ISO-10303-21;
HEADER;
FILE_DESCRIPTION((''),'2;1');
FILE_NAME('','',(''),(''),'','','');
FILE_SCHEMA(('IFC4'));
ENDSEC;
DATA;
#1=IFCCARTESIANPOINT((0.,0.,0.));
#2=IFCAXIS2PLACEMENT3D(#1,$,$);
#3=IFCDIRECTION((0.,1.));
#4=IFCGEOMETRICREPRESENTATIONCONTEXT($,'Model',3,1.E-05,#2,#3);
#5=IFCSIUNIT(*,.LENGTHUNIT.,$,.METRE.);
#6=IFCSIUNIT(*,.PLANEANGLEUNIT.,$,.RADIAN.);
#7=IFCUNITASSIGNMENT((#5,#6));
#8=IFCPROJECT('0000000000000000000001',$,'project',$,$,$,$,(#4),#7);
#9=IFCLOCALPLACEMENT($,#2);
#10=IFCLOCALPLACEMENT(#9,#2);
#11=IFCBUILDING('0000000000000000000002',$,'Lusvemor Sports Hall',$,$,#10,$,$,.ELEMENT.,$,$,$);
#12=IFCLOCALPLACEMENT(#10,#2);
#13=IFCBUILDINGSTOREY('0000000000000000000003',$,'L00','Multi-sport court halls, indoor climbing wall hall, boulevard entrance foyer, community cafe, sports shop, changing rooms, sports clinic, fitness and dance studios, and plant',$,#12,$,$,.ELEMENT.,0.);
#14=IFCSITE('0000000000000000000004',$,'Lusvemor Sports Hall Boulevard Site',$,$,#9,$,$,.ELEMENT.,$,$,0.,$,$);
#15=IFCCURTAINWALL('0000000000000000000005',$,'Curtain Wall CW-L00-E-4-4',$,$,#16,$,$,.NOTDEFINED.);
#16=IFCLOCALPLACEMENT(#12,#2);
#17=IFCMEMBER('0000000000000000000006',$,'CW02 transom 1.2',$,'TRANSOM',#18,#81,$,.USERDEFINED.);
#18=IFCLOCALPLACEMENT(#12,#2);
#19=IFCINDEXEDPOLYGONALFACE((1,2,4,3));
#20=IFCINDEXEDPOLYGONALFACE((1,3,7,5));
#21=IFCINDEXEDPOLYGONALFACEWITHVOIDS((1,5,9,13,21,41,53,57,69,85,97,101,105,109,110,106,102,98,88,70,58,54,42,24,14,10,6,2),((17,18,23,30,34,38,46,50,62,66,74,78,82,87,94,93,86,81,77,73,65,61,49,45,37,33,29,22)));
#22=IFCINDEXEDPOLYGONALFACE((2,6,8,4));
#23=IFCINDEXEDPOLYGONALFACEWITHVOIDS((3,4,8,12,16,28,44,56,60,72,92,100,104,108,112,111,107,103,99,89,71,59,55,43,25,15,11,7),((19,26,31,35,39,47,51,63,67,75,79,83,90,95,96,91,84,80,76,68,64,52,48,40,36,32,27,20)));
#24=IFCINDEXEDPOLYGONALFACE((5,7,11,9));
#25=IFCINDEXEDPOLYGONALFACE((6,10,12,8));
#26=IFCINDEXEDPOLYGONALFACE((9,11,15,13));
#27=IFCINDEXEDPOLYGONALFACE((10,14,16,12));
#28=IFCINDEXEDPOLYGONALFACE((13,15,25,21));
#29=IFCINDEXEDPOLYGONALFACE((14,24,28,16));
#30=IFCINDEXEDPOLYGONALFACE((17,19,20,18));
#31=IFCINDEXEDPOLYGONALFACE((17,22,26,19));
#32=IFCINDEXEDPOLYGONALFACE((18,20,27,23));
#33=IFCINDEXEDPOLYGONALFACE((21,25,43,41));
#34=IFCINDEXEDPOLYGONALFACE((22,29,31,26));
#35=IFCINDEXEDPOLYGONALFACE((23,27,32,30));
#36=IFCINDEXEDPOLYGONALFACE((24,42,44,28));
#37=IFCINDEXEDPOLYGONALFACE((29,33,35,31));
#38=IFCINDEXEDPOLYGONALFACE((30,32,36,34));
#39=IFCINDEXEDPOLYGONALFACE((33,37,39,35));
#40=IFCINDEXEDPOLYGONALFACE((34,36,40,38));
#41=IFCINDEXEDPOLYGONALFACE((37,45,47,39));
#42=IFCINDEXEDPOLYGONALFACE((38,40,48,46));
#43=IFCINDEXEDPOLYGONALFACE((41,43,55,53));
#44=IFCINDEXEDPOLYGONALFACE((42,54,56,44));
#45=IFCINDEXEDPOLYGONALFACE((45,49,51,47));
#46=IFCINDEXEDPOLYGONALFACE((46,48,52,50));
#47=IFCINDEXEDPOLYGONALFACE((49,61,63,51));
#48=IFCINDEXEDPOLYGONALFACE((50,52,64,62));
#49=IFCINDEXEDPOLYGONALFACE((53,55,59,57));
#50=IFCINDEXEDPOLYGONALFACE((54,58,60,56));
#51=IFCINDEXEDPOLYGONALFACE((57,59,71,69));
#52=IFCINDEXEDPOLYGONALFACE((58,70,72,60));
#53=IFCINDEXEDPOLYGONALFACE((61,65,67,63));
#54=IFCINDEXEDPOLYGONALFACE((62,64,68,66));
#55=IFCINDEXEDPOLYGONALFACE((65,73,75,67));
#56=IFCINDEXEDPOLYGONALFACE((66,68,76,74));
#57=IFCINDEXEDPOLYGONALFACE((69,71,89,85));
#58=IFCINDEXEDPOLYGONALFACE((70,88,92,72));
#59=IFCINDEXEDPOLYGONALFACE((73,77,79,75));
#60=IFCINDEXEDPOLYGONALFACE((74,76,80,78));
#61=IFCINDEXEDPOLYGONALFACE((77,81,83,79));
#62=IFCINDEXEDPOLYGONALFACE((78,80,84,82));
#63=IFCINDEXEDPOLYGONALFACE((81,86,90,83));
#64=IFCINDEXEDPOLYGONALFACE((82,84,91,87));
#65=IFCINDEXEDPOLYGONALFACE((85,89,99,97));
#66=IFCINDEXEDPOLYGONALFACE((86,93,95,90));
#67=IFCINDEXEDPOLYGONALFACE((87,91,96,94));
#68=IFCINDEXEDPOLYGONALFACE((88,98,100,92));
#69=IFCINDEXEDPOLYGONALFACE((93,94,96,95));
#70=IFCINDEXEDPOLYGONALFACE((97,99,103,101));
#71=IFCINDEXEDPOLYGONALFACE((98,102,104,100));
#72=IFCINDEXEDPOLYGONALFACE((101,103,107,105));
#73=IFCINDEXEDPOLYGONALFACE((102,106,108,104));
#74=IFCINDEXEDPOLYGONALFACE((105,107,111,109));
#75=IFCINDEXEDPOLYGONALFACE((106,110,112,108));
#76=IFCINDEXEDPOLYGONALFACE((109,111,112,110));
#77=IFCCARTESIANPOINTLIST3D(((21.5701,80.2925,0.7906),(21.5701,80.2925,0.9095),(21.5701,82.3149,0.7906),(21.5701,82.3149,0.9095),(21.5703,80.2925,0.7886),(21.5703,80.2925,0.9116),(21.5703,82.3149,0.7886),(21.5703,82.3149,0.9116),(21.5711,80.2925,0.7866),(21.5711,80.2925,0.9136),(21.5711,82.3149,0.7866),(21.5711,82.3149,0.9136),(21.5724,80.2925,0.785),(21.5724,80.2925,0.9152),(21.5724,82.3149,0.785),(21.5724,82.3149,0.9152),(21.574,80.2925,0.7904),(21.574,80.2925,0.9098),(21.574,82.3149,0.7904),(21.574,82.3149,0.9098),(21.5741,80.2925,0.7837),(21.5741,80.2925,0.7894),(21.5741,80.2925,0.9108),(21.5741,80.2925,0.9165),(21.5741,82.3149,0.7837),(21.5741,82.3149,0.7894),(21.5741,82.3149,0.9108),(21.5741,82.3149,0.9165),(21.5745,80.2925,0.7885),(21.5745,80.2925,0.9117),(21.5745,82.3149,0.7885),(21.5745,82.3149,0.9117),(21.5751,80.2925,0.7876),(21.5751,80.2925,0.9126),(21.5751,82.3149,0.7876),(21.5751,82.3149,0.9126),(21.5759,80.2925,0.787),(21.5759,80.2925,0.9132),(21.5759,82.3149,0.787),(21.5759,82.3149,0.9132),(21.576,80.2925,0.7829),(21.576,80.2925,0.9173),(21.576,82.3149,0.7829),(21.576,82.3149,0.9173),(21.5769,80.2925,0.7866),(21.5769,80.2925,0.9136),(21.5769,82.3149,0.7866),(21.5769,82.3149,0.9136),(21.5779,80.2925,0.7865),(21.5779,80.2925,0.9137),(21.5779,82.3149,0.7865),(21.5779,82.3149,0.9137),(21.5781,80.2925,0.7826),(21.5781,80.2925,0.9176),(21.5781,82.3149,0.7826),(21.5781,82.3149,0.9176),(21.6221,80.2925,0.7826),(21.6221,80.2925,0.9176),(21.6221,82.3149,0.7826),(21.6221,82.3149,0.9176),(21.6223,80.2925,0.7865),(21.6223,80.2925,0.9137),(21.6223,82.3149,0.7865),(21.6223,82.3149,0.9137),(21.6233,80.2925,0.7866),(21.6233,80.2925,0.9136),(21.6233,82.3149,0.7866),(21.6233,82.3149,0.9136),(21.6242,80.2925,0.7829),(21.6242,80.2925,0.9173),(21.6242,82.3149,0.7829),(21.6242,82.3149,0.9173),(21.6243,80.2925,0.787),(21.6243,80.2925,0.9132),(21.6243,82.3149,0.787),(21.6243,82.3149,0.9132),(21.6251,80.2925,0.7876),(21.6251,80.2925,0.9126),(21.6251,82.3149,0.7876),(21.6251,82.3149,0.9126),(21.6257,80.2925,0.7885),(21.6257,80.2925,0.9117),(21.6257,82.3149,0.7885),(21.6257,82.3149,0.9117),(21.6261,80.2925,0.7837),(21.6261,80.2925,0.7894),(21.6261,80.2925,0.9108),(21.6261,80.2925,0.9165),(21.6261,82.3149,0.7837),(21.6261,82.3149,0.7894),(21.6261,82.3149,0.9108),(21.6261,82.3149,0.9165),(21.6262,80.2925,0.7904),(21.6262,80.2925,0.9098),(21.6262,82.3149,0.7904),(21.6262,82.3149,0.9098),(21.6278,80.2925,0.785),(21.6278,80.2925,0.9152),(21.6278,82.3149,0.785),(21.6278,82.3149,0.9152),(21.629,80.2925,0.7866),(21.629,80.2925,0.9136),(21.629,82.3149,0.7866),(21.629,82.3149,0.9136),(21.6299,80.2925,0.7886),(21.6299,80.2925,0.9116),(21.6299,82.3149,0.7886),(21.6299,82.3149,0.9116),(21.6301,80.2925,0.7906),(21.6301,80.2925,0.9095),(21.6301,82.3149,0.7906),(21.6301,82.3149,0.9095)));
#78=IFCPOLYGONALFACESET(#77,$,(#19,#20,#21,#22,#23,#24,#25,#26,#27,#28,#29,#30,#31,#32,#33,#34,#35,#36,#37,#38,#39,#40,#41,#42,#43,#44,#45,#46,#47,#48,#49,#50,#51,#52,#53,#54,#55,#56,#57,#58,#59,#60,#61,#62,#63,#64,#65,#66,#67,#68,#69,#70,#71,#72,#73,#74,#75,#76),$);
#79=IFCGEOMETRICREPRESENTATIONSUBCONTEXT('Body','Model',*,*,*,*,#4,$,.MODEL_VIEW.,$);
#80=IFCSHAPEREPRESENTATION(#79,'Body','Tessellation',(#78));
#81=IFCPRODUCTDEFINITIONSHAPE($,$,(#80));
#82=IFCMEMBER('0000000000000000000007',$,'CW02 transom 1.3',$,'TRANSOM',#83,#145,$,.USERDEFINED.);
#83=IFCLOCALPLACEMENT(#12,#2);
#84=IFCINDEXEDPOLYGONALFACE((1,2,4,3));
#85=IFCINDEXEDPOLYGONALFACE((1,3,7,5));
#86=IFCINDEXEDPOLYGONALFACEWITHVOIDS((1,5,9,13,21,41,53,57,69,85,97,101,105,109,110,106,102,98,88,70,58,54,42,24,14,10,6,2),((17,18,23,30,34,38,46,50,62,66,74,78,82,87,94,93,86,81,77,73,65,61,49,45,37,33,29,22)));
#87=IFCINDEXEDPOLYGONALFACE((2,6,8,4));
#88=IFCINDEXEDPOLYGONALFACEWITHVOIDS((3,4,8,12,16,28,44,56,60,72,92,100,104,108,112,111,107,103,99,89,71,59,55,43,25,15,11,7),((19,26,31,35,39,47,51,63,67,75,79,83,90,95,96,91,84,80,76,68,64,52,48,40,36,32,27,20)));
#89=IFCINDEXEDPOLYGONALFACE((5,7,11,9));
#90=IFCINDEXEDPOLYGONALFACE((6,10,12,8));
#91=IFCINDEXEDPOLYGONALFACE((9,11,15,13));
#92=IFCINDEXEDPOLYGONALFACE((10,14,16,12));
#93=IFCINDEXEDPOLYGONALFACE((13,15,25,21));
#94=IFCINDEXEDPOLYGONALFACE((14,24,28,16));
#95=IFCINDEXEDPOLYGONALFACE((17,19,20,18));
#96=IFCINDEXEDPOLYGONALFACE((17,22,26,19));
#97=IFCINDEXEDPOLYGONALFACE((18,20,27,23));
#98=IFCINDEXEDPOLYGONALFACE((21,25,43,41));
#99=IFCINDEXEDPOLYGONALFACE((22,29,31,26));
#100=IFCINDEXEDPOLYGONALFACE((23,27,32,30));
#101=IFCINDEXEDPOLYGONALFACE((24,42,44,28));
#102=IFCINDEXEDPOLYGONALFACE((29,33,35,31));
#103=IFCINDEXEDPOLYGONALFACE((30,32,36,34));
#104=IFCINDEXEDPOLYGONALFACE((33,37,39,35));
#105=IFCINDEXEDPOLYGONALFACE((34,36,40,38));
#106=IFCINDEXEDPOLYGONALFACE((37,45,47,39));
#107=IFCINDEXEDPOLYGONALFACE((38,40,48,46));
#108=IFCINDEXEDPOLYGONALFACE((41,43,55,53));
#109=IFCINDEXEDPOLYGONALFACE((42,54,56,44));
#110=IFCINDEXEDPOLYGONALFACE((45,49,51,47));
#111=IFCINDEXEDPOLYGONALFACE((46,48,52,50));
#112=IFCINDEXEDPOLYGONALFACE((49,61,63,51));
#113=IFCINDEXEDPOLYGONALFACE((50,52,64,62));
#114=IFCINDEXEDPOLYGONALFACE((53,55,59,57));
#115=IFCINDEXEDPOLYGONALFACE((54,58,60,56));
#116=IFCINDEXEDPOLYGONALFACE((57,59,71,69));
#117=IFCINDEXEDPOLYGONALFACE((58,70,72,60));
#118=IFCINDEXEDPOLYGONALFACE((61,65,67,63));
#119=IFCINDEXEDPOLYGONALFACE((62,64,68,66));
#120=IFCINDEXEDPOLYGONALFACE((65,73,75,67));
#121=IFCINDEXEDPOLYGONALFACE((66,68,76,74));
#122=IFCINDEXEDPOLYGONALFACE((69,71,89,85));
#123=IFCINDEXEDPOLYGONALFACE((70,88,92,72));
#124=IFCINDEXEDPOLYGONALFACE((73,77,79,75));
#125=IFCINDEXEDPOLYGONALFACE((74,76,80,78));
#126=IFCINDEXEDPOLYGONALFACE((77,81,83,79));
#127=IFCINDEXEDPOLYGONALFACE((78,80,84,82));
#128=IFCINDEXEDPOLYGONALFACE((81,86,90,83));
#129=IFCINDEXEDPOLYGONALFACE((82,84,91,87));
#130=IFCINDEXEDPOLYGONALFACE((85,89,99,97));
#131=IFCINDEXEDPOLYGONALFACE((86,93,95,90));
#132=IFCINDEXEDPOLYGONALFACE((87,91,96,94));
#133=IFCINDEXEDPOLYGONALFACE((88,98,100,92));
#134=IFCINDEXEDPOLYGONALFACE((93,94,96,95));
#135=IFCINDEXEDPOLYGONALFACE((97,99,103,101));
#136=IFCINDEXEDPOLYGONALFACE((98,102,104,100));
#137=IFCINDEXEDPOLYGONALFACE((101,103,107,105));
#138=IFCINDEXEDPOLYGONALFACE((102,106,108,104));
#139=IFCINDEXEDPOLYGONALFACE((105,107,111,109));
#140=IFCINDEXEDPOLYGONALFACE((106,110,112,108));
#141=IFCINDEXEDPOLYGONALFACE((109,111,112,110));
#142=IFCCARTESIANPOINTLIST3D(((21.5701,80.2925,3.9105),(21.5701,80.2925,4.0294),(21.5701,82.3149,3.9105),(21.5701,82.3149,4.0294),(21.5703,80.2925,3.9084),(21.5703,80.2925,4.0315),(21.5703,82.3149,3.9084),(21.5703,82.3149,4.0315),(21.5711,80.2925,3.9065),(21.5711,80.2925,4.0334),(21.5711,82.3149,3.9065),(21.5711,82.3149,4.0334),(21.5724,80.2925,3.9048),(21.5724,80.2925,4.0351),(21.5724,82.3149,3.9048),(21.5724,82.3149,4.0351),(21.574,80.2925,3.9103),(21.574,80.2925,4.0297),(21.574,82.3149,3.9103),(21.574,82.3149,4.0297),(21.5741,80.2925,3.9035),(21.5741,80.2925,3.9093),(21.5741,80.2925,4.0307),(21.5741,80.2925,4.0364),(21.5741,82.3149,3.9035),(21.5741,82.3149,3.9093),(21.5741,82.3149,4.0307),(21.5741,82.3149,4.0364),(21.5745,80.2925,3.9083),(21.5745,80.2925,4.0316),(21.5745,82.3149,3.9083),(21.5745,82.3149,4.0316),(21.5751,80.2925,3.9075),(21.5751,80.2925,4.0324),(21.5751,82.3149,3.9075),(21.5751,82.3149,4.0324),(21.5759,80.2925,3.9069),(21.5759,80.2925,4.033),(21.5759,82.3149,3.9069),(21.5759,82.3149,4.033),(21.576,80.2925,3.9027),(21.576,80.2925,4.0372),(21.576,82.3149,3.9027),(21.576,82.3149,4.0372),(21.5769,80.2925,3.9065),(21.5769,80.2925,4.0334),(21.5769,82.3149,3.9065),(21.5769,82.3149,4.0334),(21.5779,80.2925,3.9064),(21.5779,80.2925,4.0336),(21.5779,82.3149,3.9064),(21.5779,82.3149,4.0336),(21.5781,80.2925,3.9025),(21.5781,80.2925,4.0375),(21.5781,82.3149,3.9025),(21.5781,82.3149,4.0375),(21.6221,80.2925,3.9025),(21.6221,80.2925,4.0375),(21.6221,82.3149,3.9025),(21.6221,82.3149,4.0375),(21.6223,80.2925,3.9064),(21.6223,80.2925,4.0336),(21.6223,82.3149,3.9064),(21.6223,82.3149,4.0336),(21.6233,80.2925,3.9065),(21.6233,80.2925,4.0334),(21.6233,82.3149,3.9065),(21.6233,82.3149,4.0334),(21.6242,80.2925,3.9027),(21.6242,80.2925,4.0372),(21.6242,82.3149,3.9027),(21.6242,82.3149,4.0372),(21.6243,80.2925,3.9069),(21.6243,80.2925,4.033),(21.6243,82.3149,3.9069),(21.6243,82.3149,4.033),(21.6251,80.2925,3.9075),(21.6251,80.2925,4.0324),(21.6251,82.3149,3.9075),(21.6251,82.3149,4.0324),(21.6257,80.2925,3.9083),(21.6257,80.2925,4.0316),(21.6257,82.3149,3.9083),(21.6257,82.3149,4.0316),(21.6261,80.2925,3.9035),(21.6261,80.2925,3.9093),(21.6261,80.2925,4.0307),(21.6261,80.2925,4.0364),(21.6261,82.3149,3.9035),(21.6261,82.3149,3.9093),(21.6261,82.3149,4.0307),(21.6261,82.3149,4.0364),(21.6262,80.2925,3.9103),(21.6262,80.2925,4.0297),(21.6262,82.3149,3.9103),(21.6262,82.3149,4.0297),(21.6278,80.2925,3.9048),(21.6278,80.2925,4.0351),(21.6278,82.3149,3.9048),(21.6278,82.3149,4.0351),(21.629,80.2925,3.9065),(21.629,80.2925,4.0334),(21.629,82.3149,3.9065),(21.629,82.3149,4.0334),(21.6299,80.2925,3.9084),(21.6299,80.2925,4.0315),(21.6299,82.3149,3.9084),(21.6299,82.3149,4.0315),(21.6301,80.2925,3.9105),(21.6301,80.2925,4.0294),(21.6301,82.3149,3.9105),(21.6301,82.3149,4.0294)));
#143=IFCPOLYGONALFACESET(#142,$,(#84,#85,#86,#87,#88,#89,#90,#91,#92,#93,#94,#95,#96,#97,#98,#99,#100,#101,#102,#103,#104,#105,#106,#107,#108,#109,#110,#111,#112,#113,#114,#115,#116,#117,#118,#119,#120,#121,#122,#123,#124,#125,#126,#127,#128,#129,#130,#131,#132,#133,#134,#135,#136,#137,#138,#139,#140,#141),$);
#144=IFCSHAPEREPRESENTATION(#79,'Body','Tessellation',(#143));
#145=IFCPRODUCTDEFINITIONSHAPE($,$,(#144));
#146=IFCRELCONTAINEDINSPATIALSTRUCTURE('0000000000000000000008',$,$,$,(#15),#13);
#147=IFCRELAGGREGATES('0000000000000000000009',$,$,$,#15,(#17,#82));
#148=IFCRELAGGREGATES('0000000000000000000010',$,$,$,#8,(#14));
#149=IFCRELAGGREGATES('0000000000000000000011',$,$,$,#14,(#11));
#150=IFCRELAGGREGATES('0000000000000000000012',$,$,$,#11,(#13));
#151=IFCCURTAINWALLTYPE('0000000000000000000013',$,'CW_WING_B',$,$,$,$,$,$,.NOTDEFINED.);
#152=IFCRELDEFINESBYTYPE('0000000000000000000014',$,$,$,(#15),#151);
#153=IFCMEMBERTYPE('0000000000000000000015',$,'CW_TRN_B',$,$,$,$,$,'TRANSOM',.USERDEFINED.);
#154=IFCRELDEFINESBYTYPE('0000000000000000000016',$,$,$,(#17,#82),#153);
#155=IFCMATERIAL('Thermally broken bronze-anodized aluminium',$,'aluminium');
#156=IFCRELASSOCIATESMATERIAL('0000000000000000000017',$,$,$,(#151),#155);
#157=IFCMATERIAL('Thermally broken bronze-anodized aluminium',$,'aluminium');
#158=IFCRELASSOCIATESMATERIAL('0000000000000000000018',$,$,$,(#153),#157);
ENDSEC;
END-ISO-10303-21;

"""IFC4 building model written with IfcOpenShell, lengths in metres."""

from ifc_helpers import new_model, si_unit, direction, frame, origin, origin_2d, place, context, subcontext, project, spatial, hollow_rectangle, extrude, material, material_profile, profile_set, type_object, element, aggregate, save


model = new_model("IFC4")

# Units and contexts
model_context = context("Model", 3, precision=1e-05, world=origin(), true_north=direction((0.0, 1.0)))
body_context = subcontext(model_context, "Body", "Model", "MODEL_VIEW")
ifc_project = project(units=[si_unit("LENGTHUNIT", "METRE"), si_unit("PLANEANGLEUNIT", "RADIAN")], contexts=[model_context])

# Site, building, storey
site_placement = place(None, origin())
site = spatial("IfcSite", under=ifc_project, at=site_placement, Name="Lusvemor Sports Hall Boulevard Site", CompositionType="ELEMENT", RefElevation=0.0)
building_placement = place(site_placement, origin())
building = spatial("IfcBuilding", under=site, at=building_placement, Name="Lusvemor Sports Hall", CompositionType="ELEMENT")
storey_placement = place(building_placement, origin())
storey = spatial("IfcBuildingStorey", under=building, at=storey_placement, Name="L00", Description="Multi-sport court halls, indoor climbing wall hall, boulevard entrance foyer, community cafe, sports shop, changing rooms, sports clinic, fitness and dance studios, and plant", CompositionType="ELEMENT", Elevation=0.0)

# Curtain wall, members
ifc_material_1 = material(Name="Thermally broken bronze-anodized aluminium", Category="aluminium")
curtain_wall_type = type_object("IfcCurtainWallType", Name="CW_WING_B", PredefinedType="NOTDEFINED", material=ifc_material_1)
curtain_wall_placement = place(storey_placement, origin())
curtain_wall = element("IfcCurtainWall", 1, at=curtain_wall_placement, inside=storey, type_object=curtain_wall_type, Name="Curtain Wall CW-L00-E-4-4", PredefinedType="NOTDEFINED")
ifc_material_2 = material(Name="Thermally broken bronze-anodized aluminium", Category="aluminium")
ifc_material_profile_1 = material_profile(ifc_material_2, hollow_rectangle(XDim=0.0601, YDim=0.135, WallThickness=0.0039, InnerFilletRadius=0.0039, OuterFilletRadius=0.0081, at=origin_2d()), Name="CWTRN135x60x4")
ifc_profile_set_1 = profile_set([ifc_material_profile_1], Name="Thermally broken bronze-anodized aluminium")
member_type_1 = type_object("IfcMemberType", Name="CW_TRN_B", ElementType="TRANSOM", PredefinedType="USERDEFINED", material=ifc_profile_set_1)
member_1_placement = place(storey_placement, frame((21.6001, 82.3149, 0.8501), z_axis=(0.0, -1.0, 0.0), x_axis=(1.0, 0.0, 0.0)))
member_1 = element("IfcMember", 2, at=member_1_placement, type_object=member_type_1, Name="CW02 transom 1.2", ObjectType="TRANSOM", PredefinedType="USERDEFINED", context=body_context, shape_type="SweptSolid", body=[
    extrude(hollow_rectangle(XDim=0.0601, YDim=0.135, WallThickness=0.0039, InnerFilletRadius=0.0039, OuterFilletRadius=0.0081, at=origin_2d()), origin(), (0.0, 0.0, 1.0), 2.0225),
])
member_2_placement = place(storey_placement, frame((21.6001, 82.3149, 3.97), z_axis=(0.0, -1.0, 0.0), x_axis=(1.0, 0.0, 0.0)))
member_2 = element("IfcMember", 3, at=member_2_placement, type_object=member_type_1, Name="CW02 transom 1.3", ObjectType="TRANSOM", PredefinedType="USERDEFINED", context=body_context, shape_type="SweptSolid", body=[
    extrude(hollow_rectangle(XDim=0.0601, YDim=0.135, WallThickness=0.0039, InnerFilletRadius=0.0039, OuterFilletRadius=0.0081, at=origin_2d()), origin(), (0.0, 0.0, 1.0), 2.0225),
])
aggregate(curtain_wall, [member_1, member_2])

save(model, "model.ifc")
